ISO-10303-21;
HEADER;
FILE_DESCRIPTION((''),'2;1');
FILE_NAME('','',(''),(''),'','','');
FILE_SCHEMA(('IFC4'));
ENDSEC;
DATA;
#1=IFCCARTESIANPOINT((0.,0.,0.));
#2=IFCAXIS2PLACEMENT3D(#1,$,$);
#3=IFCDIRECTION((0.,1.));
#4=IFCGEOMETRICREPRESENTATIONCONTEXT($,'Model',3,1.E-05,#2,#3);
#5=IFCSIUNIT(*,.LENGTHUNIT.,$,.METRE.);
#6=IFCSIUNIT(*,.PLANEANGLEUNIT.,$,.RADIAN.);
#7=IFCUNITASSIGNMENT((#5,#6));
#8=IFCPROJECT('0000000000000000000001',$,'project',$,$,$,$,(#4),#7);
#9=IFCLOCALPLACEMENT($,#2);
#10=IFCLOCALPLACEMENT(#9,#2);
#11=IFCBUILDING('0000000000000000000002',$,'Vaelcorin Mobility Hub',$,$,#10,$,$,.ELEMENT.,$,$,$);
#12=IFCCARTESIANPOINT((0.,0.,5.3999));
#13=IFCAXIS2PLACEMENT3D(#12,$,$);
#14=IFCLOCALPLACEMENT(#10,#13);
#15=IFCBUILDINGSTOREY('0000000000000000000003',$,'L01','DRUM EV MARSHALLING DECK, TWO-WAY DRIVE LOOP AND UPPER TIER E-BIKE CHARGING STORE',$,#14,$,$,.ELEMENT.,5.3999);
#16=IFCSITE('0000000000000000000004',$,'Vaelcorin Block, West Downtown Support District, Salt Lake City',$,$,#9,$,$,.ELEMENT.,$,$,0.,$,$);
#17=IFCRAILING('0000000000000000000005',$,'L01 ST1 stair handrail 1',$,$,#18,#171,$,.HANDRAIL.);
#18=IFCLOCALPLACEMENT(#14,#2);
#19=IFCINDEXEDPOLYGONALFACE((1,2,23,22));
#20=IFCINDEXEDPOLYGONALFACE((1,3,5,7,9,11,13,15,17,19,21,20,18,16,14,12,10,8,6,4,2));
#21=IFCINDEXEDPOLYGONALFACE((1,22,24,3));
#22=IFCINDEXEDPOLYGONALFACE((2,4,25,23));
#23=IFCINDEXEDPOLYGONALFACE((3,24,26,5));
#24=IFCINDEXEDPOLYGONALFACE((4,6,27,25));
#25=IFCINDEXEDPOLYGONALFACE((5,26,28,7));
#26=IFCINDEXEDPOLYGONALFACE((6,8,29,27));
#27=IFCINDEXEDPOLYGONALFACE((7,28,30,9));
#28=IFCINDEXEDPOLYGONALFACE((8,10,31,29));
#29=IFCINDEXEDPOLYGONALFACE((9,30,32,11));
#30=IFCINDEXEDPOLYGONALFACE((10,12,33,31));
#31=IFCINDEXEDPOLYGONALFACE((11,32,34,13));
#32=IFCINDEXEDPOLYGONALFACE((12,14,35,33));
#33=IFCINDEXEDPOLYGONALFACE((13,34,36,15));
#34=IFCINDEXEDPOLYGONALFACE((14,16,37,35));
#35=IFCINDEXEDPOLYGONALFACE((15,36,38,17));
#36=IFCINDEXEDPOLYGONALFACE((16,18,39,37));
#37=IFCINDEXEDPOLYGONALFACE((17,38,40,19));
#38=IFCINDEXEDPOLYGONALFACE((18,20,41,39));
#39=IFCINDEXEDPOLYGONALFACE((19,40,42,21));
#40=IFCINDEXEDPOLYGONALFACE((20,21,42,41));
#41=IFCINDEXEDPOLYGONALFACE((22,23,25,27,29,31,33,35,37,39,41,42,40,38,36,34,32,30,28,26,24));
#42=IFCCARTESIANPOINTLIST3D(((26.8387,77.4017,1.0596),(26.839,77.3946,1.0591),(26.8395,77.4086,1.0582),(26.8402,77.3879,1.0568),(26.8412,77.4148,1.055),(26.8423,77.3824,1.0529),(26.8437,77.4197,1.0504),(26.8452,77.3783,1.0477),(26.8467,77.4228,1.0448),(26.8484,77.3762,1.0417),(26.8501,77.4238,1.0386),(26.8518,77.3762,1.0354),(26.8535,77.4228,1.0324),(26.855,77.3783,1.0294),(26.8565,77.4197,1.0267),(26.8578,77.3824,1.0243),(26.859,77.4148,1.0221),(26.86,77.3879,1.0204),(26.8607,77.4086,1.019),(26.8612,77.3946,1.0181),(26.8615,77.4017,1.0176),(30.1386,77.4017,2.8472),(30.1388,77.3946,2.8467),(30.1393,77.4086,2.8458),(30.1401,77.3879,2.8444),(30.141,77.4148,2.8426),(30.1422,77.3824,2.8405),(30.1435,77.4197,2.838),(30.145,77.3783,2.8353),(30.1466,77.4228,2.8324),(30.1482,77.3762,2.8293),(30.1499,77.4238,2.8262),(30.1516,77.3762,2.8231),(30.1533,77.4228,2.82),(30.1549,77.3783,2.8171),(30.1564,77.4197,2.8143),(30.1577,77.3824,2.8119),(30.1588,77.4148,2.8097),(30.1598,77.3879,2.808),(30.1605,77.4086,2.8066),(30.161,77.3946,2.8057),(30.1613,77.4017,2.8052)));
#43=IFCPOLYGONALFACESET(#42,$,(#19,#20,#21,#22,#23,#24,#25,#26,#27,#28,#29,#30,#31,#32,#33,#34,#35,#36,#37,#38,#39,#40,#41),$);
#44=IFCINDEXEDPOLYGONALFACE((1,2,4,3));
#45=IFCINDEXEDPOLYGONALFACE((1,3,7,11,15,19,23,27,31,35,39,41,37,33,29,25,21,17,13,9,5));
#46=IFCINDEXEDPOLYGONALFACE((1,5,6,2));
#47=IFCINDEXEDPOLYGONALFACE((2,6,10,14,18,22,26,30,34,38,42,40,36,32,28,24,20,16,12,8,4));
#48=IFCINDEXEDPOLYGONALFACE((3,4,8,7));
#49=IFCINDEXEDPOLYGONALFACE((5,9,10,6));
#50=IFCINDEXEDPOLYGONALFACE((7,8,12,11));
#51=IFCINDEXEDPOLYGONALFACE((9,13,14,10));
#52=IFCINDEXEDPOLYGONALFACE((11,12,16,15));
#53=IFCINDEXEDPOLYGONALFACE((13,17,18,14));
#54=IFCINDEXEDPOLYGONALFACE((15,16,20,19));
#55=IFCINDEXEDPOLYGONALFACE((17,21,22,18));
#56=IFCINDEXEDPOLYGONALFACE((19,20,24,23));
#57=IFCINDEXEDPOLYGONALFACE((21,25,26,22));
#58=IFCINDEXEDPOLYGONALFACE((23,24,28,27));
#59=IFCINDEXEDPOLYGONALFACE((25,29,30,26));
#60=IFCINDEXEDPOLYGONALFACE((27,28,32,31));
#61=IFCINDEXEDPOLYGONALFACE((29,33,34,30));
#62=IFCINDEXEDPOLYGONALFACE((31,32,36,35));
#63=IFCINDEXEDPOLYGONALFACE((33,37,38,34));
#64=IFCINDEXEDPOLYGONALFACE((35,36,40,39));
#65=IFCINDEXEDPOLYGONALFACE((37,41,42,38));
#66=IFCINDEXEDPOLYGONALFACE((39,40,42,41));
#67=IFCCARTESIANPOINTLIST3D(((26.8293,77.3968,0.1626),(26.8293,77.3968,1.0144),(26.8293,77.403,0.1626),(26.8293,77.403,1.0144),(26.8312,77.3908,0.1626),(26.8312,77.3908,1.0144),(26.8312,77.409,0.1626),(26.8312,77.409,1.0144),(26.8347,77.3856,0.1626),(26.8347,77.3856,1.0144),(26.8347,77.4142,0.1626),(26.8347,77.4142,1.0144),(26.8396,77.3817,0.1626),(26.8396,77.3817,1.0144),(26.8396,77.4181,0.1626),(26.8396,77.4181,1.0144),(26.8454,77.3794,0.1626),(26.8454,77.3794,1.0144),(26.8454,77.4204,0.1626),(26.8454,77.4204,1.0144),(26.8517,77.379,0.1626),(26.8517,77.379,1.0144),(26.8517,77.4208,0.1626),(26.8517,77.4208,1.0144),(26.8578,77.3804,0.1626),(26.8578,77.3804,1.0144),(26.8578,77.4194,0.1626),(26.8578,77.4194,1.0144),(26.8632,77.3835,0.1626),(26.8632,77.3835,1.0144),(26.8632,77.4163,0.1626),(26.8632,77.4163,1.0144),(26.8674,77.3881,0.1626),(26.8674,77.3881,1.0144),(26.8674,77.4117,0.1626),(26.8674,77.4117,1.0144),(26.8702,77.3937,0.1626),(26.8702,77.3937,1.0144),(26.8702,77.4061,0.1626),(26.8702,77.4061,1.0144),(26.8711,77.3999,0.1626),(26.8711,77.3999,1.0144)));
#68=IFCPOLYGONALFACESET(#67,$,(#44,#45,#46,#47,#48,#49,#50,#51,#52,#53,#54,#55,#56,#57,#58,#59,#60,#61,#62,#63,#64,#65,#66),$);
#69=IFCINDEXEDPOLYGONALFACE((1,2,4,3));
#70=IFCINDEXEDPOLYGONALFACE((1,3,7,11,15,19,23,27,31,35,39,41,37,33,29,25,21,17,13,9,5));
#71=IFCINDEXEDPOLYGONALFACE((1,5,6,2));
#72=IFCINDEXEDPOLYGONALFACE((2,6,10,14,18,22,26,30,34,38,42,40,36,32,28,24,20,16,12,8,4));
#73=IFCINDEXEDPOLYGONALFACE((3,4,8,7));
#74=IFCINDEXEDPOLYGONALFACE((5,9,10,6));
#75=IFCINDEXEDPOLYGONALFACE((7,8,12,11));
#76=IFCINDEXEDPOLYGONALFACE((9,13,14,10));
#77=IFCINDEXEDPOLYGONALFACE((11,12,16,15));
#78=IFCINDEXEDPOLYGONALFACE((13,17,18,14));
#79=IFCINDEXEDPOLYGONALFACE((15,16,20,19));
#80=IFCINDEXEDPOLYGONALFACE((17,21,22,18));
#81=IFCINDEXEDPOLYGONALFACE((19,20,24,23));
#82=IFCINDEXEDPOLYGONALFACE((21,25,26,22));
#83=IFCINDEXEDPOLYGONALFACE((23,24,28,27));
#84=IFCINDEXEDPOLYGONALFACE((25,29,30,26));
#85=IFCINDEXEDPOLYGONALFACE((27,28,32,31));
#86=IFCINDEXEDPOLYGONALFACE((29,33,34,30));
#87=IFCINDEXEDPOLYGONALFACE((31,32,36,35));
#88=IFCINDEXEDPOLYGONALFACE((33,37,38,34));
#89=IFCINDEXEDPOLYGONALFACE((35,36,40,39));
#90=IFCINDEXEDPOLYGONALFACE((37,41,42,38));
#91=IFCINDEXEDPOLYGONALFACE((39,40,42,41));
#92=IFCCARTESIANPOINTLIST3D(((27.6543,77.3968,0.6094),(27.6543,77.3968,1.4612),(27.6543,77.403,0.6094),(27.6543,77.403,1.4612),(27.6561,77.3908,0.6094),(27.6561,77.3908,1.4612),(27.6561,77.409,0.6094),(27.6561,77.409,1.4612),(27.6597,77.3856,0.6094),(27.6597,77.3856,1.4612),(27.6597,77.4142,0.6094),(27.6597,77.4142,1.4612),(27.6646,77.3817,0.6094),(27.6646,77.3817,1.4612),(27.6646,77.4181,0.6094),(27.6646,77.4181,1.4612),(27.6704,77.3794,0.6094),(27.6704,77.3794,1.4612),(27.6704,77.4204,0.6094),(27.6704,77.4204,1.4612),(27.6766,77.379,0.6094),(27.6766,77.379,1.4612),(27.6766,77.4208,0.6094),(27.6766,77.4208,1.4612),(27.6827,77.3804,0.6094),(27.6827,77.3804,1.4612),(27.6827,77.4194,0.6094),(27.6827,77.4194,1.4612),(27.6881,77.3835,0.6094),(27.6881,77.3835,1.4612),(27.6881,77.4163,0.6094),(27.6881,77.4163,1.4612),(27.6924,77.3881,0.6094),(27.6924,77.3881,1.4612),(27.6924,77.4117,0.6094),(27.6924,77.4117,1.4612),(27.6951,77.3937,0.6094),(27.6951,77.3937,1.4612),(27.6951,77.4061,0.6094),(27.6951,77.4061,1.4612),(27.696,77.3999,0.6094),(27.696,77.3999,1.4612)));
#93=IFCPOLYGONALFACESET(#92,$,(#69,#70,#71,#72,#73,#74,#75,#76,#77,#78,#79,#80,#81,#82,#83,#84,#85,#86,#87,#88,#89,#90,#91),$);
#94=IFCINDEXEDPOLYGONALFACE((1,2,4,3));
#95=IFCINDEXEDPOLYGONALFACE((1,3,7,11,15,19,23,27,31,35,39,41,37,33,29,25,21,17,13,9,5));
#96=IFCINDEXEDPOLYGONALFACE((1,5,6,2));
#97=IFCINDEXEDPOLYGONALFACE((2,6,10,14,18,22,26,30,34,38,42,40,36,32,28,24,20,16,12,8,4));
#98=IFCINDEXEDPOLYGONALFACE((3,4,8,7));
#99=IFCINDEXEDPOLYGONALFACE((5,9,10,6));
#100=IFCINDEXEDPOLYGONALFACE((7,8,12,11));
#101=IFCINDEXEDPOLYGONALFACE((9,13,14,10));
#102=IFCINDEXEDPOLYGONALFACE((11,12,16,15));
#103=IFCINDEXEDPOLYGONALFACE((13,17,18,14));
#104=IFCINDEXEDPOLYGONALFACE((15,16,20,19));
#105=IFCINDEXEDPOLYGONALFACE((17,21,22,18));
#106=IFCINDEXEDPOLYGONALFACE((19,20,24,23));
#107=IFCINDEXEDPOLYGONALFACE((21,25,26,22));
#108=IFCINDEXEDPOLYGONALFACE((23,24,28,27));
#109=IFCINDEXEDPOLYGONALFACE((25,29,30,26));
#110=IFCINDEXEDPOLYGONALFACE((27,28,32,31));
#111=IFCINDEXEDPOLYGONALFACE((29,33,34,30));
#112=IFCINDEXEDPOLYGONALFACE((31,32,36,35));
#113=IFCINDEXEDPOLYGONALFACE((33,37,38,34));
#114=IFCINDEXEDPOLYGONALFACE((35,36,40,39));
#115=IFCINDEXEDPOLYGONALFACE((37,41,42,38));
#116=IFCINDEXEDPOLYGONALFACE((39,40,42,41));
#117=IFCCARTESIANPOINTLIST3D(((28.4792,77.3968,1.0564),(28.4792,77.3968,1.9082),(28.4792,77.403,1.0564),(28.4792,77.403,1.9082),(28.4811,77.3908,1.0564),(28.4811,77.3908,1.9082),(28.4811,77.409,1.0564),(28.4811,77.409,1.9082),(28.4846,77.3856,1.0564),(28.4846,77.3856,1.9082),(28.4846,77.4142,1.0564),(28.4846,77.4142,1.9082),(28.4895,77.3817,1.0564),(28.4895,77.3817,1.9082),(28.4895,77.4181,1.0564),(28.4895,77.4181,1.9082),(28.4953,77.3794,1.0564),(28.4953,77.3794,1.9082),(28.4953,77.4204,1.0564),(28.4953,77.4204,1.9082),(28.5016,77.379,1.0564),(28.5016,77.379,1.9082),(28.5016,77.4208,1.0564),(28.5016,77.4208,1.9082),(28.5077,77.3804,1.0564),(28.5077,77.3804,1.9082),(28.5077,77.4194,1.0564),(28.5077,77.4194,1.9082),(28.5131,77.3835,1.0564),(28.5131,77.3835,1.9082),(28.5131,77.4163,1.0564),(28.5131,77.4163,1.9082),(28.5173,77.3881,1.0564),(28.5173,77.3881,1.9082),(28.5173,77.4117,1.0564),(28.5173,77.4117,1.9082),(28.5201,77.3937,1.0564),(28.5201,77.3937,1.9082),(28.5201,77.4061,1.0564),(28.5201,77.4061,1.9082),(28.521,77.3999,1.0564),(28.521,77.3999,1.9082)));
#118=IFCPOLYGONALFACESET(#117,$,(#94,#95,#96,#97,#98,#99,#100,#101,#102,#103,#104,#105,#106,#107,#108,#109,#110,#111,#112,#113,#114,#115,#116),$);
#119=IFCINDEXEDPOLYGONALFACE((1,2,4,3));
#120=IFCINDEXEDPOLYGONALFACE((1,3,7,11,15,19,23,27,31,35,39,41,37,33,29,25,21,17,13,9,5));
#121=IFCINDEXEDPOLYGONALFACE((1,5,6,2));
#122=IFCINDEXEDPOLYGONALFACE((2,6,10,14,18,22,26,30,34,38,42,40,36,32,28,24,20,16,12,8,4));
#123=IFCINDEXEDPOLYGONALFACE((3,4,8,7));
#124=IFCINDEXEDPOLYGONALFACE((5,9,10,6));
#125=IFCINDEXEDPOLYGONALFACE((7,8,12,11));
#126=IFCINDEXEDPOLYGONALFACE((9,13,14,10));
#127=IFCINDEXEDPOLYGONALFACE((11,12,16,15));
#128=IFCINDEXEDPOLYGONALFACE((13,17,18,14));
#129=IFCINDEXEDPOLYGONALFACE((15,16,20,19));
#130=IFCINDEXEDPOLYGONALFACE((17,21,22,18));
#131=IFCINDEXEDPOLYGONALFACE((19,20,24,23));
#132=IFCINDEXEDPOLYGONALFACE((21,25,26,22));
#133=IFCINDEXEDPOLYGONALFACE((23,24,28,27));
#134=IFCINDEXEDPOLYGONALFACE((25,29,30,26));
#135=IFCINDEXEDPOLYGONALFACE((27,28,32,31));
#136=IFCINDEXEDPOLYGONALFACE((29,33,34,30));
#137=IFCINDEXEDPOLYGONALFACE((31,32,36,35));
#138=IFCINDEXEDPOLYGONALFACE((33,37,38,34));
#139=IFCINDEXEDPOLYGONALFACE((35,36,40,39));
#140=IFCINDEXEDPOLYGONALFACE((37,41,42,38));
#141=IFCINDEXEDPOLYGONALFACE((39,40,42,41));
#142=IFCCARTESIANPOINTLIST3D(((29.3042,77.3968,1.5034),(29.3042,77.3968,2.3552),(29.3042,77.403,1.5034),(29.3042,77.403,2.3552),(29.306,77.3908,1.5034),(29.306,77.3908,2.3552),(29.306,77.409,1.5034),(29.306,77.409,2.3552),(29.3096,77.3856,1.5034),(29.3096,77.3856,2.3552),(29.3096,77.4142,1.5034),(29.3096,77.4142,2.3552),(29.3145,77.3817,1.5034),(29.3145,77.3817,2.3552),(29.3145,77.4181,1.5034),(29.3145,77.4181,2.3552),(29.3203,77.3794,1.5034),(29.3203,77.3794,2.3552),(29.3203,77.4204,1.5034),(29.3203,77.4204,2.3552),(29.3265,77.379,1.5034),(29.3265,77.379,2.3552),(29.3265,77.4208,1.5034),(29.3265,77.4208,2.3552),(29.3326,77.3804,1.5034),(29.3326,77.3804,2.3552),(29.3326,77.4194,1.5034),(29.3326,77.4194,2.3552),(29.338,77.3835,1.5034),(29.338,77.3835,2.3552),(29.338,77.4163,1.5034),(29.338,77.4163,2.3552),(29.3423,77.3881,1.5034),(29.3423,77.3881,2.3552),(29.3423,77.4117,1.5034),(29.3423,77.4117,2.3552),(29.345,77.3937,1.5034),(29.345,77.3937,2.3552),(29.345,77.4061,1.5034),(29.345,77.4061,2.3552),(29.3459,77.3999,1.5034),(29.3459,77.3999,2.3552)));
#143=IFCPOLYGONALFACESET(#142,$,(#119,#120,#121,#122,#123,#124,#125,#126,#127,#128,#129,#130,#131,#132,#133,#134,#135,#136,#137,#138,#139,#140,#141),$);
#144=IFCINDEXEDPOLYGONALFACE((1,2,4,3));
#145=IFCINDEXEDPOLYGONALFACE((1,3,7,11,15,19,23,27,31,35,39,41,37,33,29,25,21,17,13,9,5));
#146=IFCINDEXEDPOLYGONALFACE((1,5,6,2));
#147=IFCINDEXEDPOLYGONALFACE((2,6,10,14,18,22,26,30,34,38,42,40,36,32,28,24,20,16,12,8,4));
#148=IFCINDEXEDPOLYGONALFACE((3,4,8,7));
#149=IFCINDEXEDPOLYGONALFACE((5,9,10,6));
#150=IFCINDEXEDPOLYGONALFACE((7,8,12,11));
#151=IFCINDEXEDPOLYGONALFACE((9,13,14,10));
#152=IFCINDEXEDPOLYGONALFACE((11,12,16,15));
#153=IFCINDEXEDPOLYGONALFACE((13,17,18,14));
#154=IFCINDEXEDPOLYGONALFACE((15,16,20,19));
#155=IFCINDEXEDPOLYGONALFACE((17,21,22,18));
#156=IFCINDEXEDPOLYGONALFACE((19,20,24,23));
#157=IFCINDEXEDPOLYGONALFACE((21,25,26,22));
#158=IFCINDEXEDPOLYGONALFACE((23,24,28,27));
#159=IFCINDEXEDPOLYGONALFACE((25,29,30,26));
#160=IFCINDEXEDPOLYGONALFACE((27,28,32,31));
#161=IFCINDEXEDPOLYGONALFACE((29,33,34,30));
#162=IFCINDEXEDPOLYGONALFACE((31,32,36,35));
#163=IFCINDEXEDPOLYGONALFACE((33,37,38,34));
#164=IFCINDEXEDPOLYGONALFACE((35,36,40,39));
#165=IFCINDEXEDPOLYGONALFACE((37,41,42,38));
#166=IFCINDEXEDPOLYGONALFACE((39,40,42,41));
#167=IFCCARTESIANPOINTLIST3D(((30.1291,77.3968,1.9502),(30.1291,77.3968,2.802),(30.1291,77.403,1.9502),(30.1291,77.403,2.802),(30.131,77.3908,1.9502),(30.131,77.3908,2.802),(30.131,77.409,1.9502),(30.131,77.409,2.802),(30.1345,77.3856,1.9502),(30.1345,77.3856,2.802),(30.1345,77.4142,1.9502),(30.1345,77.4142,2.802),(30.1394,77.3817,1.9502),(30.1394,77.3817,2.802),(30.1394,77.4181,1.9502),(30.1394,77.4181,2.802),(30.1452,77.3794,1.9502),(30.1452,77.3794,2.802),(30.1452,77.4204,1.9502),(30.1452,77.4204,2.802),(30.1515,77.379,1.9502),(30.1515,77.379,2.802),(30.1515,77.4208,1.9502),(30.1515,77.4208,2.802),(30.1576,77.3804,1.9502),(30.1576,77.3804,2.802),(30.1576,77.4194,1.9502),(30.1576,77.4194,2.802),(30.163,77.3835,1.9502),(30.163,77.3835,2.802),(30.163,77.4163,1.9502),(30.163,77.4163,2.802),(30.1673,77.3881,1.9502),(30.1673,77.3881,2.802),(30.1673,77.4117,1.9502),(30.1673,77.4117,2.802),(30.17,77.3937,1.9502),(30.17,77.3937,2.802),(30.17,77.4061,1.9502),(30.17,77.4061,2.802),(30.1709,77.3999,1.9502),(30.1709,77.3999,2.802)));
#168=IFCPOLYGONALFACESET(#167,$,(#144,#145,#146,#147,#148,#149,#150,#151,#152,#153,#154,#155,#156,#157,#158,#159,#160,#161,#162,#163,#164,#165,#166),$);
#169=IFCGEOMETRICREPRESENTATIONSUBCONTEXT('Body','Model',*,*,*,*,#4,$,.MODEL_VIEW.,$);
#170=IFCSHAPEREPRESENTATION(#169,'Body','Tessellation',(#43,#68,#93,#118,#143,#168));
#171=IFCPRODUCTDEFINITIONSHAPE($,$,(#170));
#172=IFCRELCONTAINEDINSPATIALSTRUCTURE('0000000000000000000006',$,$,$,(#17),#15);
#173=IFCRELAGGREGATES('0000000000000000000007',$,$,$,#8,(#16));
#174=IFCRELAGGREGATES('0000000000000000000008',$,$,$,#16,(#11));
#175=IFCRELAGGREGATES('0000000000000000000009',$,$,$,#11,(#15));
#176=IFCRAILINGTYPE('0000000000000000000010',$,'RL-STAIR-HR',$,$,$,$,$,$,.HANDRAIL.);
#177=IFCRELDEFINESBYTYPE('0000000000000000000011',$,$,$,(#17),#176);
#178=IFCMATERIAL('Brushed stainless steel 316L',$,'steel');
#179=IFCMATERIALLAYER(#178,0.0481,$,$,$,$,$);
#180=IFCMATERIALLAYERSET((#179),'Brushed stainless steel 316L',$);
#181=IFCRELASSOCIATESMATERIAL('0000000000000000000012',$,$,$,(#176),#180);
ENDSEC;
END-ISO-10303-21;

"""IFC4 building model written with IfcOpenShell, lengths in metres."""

from ifc_helpers import new_model, si_unit, direction, frame, origin, origin_2d, place, context, subcontext, project, spatial, circle, extrude, material, layer, layer_set, type_object, element, save


model = new_model("IFC4")

# Units and contexts
model_context = context("Model", 3, precision=1e-05, world=origin(), true_north=direction((0.0, 1.0)))
body_context = subcontext(model_context, "Body", "Model", "MODEL_VIEW")
ifc_project = project(units=[si_unit("LENGTHUNIT", "METRE"), si_unit("PLANEANGLEUNIT", "RADIAN")], contexts=[model_context])

# Site, building, storey
site_placement = place(None, origin())
site = spatial("IfcSite", under=ifc_project, at=site_placement, Name="Vaelcorin Block, West Downtown Support District, Salt Lake City", CompositionType="ELEMENT", RefElevation=0.0)
building_placement = place(site_placement, origin())
building = spatial("IfcBuilding", under=site, at=building_placement, Name="Vaelcorin Mobility Hub", CompositionType="ELEMENT")
storey_placement = place(building_placement, frame((0.0, 0.0, 5.3999)))
storey = spatial("IfcBuildingStorey", under=building, at=storey_placement, Name="L01", Description="DRUM EV MARSHALLING DECK, TWO-WAY DRIVE LOOP AND UPPER TIER E-BIKE CHARGING STORE", CompositionType="ELEMENT", Elevation=5.3999)

# Railing
ifc_material_1 = material(Name="Brushed stainless steel 316L", Category="steel")
ifc_layer_1 = layer(ifc_material_1, 0.0481)
ifc_layer_set_1 = layer_set([ifc_layer_1], Name="Brushed stainless steel 316L")
railing_type_1 = type_object("IfcRailingType", Name="RL-STAIR-HR", PredefinedType="HANDRAIL", material=ifc_layer_set_1)
railing_1_placement = place(storey_placement, frame((26.8501, 77.3999, 0.1626)))
element("IfcRailing", 1, at=railing_1_placement, inside=storey, type_object=railing_type_1, Name="L01 ST1 stair handrail 1", PredefinedType="HANDRAIL", context=body_context, shape_type="SweptSolid", body=[
    extrude(circle(Radius=0.0239, at=origin_2d()), frame((0.0, 0.0, 0.876), z_axis=(0.879269, 0.0, 0.476325), x_axis=(0.0, 1.0, 0.0)), (0.0, 0.0, 1.0), 3.7529),
    extrude(circle(Radius=0.021, at=origin_2d()), origin(), (0.0, 0.0, 1.0), 0.8518),
    extrude(circle(Radius=0.021, at=origin_2d()), frame((0.825, 0.0, 0.4468)), (0.0, 0.0, 1.0), 0.8518),
    extrude(circle(Radius=0.021, at=origin_2d()), frame((1.6499, 0.0, 0.8938)), (0.0, 0.0, 1.0), 0.8518),
    extrude(circle(Radius=0.021, at=origin_2d()), frame((2.4749, 0.0, 1.3408)), (0.0, 0.0, 1.0), 0.8518),
    extrude(circle(Radius=0.021, at=origin_2d()), frame((3.2998, 0.0, 1.7876)), (0.0, 0.0, 1.0), 0.8518),
])

save(model, "model.ifc")
